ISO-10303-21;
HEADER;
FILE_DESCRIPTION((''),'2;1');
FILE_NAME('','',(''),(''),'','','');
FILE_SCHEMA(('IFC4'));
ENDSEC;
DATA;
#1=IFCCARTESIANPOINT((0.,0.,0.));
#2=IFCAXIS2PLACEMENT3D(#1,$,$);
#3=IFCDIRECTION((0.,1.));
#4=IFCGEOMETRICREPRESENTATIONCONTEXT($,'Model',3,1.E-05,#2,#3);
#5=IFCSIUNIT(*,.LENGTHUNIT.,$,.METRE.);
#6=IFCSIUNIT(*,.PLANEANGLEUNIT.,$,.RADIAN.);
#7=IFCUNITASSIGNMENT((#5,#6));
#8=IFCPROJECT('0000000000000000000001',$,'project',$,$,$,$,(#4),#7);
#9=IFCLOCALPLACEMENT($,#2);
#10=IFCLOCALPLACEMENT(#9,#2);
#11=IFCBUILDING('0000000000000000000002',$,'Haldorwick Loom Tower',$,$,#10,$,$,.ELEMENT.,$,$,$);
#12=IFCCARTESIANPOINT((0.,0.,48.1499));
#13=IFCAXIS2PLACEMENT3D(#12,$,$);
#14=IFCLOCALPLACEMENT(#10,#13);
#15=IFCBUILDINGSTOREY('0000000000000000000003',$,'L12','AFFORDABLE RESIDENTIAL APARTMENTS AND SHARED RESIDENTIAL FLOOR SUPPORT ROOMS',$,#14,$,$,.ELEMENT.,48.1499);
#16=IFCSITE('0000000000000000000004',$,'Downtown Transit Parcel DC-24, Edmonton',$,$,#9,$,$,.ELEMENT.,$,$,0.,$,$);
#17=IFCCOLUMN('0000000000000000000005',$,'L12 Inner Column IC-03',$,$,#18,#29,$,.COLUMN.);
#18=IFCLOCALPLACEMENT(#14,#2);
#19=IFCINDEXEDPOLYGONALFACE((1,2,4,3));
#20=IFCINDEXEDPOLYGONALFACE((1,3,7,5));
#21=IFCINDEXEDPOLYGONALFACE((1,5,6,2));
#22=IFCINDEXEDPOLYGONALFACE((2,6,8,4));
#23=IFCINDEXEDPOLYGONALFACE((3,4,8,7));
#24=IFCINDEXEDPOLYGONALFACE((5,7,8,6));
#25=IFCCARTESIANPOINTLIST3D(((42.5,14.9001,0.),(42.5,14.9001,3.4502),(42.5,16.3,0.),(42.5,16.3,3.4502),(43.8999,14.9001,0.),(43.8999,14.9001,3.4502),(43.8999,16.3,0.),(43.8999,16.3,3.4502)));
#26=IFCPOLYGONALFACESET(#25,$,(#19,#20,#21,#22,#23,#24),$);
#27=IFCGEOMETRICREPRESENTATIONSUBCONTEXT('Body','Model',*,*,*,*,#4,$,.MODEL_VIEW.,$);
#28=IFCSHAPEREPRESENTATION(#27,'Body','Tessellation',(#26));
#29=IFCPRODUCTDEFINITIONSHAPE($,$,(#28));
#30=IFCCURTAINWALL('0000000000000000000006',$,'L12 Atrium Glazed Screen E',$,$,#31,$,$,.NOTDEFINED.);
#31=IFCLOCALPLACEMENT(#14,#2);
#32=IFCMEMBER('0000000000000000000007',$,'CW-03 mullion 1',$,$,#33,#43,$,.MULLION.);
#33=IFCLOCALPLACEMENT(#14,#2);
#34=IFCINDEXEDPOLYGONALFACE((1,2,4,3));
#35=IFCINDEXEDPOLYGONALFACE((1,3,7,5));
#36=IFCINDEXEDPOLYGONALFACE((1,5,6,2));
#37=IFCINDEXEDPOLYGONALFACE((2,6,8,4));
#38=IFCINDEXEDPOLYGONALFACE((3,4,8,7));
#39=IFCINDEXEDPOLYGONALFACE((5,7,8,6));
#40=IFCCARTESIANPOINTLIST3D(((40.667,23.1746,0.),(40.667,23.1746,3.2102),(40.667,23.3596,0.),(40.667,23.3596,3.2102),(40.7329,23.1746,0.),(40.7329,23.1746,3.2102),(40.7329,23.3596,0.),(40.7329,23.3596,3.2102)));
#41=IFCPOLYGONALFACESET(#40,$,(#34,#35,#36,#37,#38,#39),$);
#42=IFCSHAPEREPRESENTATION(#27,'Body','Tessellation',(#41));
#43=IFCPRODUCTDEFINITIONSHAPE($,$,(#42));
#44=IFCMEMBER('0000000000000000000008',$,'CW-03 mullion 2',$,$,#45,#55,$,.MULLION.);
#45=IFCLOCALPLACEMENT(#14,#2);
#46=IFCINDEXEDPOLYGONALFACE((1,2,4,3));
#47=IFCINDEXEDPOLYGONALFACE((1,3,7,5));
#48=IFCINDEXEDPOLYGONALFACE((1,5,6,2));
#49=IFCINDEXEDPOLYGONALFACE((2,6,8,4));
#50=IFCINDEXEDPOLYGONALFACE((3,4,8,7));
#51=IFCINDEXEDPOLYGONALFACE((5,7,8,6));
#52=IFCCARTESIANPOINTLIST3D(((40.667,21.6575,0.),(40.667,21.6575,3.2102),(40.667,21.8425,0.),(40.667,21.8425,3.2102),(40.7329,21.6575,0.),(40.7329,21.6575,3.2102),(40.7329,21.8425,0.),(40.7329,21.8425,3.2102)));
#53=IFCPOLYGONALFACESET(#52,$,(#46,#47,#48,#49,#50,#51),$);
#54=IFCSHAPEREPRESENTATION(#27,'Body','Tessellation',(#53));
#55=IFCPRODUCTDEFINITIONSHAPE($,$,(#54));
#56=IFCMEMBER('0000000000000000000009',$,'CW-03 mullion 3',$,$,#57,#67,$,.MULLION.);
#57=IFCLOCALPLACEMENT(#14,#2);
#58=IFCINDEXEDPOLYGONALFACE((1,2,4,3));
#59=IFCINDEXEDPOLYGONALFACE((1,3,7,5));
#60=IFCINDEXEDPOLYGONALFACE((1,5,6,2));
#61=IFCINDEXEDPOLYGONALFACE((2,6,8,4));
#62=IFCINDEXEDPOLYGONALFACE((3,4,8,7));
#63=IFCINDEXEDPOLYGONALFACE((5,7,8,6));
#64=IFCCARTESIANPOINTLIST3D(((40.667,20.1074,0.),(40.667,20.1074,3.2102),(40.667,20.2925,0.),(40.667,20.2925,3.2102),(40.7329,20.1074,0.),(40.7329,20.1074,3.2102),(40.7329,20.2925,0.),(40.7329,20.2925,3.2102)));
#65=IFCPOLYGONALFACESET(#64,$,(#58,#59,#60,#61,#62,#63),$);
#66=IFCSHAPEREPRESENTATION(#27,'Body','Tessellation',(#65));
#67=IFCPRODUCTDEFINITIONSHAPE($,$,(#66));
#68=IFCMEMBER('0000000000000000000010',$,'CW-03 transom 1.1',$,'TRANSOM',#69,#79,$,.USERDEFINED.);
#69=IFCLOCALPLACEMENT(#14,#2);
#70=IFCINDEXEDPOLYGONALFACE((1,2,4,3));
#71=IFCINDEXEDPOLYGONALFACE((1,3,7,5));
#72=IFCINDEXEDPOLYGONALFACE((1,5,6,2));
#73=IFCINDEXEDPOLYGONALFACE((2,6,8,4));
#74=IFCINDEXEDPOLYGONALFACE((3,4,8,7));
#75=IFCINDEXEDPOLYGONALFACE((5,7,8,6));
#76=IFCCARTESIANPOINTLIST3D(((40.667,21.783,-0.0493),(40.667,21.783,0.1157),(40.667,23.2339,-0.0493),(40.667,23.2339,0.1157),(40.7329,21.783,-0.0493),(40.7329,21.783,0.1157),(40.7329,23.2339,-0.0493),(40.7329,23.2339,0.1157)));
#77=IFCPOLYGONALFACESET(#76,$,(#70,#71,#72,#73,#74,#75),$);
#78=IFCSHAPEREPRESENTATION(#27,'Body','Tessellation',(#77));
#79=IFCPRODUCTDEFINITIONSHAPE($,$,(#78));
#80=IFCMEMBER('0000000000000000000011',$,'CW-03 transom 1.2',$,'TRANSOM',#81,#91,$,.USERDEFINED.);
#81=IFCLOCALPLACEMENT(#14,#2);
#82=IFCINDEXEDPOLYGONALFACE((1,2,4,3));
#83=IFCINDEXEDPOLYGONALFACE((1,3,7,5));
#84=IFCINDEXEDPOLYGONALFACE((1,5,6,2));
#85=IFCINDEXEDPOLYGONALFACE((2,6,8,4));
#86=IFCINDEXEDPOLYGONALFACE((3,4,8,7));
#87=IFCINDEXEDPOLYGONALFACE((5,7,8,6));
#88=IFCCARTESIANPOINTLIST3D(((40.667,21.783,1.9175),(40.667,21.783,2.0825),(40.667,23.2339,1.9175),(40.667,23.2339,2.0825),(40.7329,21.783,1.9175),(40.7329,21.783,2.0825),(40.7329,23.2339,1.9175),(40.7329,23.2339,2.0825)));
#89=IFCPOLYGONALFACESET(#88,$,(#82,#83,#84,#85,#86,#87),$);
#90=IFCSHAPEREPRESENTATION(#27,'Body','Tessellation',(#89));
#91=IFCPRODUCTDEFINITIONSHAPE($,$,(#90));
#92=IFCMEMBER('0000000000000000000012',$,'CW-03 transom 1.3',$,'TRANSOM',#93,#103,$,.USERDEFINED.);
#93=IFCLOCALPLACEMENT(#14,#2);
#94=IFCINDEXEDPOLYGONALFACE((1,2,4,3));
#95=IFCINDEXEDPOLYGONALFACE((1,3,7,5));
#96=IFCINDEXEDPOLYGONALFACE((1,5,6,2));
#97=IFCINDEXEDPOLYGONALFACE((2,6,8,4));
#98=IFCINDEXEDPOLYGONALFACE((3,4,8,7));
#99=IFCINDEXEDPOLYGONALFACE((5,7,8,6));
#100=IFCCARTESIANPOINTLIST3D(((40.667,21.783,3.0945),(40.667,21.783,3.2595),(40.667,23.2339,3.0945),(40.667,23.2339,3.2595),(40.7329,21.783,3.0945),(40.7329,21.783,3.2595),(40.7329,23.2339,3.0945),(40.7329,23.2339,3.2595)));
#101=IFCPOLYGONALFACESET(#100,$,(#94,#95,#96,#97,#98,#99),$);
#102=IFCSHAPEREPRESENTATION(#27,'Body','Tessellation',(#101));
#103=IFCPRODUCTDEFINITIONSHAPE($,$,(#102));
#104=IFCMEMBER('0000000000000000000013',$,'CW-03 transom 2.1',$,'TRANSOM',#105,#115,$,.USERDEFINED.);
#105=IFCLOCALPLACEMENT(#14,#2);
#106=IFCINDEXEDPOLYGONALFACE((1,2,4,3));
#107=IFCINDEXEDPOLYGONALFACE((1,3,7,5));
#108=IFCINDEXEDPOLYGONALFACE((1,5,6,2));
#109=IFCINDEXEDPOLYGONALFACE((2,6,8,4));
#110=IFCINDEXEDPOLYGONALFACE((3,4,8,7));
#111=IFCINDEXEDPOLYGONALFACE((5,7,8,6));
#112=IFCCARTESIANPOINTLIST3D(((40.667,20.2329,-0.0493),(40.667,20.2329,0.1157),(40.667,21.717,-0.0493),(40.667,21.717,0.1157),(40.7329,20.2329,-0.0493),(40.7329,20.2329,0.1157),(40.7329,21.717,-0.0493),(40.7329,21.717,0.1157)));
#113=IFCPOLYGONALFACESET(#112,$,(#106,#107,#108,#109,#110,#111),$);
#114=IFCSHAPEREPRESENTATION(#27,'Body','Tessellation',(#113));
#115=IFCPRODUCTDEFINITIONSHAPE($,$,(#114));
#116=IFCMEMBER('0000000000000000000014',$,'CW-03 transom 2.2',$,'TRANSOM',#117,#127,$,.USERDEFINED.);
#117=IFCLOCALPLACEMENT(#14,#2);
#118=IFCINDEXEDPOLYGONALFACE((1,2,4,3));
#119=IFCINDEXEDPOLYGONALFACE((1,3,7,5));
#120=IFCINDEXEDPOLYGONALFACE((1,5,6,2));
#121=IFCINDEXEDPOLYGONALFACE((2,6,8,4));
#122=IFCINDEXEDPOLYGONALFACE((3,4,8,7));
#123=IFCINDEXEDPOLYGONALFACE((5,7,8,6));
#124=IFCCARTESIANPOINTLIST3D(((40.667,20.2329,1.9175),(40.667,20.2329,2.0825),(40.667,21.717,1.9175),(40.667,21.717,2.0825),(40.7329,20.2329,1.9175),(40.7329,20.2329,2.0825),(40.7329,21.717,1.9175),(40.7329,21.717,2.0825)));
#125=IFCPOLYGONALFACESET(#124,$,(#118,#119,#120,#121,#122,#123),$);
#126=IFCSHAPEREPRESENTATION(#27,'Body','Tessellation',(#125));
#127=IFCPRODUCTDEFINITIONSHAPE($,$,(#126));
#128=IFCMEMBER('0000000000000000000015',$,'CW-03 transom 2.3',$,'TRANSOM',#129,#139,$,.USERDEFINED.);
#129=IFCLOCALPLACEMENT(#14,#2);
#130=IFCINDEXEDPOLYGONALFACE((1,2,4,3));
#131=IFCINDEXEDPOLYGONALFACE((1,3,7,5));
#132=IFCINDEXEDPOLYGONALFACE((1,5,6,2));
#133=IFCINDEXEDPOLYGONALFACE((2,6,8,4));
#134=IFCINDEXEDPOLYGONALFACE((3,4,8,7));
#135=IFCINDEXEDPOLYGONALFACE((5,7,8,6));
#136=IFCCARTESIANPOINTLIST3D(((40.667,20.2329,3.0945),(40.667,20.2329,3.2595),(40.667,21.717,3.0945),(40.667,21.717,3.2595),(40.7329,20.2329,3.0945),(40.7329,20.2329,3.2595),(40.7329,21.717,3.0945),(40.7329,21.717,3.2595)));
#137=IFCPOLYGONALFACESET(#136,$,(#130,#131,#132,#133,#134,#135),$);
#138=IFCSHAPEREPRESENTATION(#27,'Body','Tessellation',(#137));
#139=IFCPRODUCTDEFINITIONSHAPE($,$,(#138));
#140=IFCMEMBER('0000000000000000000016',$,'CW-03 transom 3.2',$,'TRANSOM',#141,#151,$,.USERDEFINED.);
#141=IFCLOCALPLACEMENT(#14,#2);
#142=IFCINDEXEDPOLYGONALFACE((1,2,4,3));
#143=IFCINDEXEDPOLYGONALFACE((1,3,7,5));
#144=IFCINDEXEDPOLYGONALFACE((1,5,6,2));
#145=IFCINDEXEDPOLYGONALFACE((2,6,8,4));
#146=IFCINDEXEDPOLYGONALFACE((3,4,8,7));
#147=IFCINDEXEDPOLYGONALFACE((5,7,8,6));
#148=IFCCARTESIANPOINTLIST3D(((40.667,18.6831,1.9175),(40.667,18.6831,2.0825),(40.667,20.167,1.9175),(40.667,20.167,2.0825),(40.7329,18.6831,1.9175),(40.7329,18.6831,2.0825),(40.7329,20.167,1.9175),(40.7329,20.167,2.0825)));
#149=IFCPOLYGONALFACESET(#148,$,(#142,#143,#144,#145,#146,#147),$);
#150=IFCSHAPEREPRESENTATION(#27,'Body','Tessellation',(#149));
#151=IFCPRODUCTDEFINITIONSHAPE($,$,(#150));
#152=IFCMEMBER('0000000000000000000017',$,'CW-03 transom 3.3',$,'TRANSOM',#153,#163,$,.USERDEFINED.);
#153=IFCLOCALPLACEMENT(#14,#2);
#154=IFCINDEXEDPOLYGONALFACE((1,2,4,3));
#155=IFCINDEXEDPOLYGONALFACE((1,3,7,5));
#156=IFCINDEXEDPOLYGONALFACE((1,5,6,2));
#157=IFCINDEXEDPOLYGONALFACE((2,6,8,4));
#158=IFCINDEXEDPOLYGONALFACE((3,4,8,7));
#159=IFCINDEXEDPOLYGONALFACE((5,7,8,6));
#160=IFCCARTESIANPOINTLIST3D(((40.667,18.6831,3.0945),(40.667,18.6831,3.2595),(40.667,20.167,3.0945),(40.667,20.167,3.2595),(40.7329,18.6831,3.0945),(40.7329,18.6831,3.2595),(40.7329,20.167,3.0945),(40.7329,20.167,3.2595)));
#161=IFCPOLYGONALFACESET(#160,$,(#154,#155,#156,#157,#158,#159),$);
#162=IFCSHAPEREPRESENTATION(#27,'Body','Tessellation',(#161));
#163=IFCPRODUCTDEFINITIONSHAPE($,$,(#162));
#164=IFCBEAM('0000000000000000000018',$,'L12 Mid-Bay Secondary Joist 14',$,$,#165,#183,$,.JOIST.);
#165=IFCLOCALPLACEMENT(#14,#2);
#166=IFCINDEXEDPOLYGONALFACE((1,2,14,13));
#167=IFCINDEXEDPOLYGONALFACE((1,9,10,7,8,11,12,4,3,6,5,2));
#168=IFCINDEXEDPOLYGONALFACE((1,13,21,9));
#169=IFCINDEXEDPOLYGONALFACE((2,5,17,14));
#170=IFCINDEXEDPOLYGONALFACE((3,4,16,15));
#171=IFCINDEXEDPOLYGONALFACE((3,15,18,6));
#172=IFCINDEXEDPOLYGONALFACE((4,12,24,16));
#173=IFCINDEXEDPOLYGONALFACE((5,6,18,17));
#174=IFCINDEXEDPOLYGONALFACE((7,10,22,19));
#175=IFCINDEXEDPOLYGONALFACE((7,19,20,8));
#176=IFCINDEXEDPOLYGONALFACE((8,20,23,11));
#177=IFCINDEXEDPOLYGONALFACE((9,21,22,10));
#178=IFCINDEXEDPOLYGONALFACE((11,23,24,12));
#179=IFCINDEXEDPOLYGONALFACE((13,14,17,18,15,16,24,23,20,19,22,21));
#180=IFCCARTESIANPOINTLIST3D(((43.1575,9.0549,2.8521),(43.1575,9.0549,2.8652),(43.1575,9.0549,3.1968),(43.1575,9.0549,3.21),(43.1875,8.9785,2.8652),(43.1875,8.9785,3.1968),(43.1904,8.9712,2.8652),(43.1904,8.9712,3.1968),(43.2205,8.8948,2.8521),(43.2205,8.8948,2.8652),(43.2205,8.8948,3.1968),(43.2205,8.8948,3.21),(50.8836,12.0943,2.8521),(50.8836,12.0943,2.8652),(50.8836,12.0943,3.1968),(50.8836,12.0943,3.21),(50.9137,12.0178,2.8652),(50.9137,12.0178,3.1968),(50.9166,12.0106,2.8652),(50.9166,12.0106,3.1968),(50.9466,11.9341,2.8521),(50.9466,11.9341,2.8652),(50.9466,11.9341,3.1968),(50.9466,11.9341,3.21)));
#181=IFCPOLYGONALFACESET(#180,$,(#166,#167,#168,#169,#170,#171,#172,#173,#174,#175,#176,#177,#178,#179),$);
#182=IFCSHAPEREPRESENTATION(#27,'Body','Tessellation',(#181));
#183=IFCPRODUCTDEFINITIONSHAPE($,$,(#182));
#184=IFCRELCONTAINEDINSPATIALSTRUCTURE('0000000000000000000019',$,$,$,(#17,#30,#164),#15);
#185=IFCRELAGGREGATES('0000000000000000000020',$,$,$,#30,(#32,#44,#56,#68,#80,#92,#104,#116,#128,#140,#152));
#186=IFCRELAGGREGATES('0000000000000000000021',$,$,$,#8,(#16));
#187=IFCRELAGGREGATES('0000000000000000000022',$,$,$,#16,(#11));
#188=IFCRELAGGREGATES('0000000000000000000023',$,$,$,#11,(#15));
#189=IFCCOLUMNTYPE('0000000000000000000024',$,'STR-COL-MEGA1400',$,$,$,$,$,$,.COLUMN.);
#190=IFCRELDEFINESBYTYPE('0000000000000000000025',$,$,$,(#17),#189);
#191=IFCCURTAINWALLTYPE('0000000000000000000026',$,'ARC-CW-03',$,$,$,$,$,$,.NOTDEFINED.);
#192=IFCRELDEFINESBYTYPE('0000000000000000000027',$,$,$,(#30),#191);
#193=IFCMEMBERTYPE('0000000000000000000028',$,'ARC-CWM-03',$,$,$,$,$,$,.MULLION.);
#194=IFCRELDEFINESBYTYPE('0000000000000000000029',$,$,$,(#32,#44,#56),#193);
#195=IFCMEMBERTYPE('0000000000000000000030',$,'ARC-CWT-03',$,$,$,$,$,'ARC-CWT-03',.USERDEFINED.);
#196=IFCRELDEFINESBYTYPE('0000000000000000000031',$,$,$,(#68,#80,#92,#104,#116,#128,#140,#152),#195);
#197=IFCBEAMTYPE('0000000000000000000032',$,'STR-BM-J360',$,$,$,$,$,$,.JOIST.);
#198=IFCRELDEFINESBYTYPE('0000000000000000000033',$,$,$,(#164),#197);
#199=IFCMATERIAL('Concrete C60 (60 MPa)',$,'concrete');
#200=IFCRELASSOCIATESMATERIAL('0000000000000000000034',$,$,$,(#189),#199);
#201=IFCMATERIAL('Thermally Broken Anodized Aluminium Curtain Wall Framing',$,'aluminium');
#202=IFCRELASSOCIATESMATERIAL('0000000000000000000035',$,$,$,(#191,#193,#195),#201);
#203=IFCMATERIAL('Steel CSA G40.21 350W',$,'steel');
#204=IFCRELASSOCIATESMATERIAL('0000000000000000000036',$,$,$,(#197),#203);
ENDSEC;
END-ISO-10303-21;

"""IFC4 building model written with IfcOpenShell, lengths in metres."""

from ifc_helpers import new_model, si_unit, direction, frame, origin, origin_2d, place, context, subcontext, project, spatial, rectangle, i_section, extrude, material, material_profile, profile_set, type_object, element, aggregate, save


model = new_model("IFC4")

# Units and contexts
model_context = context("Model", 3, precision=1e-05, world=origin(), true_north=direction((0.0, 1.0)))
body_context = subcontext(model_context, "Body", "Model", "MODEL_VIEW")
ifc_project = project(units=[si_unit("LENGTHUNIT", "METRE"), si_unit("PLANEANGLEUNIT", "RADIAN")], contexts=[model_context])

# Site, building, storey
site_placement = place(None, origin())
site = spatial("IfcSite", under=ifc_project, at=site_placement, Name="Downtown Transit Parcel DC-24, Edmonton", CompositionType="ELEMENT", RefElevation=0.0)
building_placement = place(site_placement, origin())
building = spatial("IfcBuilding", under=site, at=building_placement, Name="Haldorwick Loom Tower", CompositionType="ELEMENT")
storey_placement = place(building_placement, frame((0.0, 0.0, 48.1499)))
storey = spatial("IfcBuildingStorey", under=building, at=storey_placement, Name="L12", Description="AFFORDABLE RESIDENTIAL APARTMENTS AND SHARED RESIDENTIAL FLOOR SUPPORT ROOMS", CompositionType="ELEMENT", Elevation=48.1499)

# Column
ifc_material_1 = material(Name="Concrete C60 (60 MPa)", Category="concrete")
ifc_material_profile_1 = material_profile(ifc_material_1, rectangle(XDim=1.3999, YDim=1.3999, at=origin_2d()), Name="RC1400X1400", Category="concrete")
ifc_profile_set_1 = profile_set([ifc_material_profile_1], Name="Concrete C60 (60 MPa)")
column_type = type_object("IfcColumnType", Name="STR-COL-MEGA1400", PredefinedType="COLUMN", material=ifc_profile_set_1)
column_placement = place(storey_placement, frame((43.2, 15.6001, 0.0), z_axis=(0.0, 0.0, 1.0), x_axis=(1.0, 0.0, 0.0)))
element("IfcColumn", 1, at=column_placement, inside=storey, type_object=column_type, Name="L12 Inner Column IC-03", PredefinedType="COLUMN", context=body_context, shape_type="SweptSolid", body=[
    extrude(rectangle(XDim=1.3999, YDim=1.3999, at=origin_2d()), origin(), (0.0, 0.0, 1.0), 3.4502),
])

# Curtain wall, members
ifc_material_2 = material(Name="Thermally Broken Anodized Aluminium Curtain Wall Framing", Category="aluminium")
curtain_wall_type = type_object("IfcCurtainWallType", Name="ARC-CW-03", PredefinedType="NOTDEFINED", material=ifc_material_2)
curtain_wall_placement = place(storey_placement, origin())
curtain_wall = element("IfcCurtainWall", 2, at=curtain_wall_placement, inside=storey, type_object=curtain_wall_type, Name="L12 Atrium Glazed Screen E", PredefinedType="NOTDEFINED")
ifc_material_profile_2 = material_profile(ifc_material_2, rectangle(XDim=0.0659, YDim=0.1851, at=origin_2d()), Name="ALU_MUL_66X185", Category="aluminium")
ifc_profile_set_2 = profile_set([ifc_material_profile_2], Name="Thermally Broken Anodized Aluminium Curtain Wall Framing")
member_type_1 = type_object("IfcMemberType", Name="ARC-CWM-03", PredefinedType="MULLION", material=ifc_profile_set_2)
member_1_placement = place(storey_placement, frame((40.7, 23.2671, 0.0), z_axis=(0.0, 0.0, 1.0), x_axis=(1.0, 0.0, 0.0)))
member_1 = element("IfcMember", 3, at=member_1_placement, type_object=member_type_1, Name="CW-03 mullion 1", PredefinedType="MULLION", context=body_context, shape_type="SweptSolid", body=[
    extrude(rectangle(XDim=0.0659, YDim=0.1851, at=origin_2d()), origin(), (0.0, 0.0, 1.0), 3.2102),
])
member_2_placement = place(storey_placement, frame((40.7, 21.75, 0.0), z_axis=(0.0, 0.0, 1.0), x_axis=(1.0, 0.0, 0.0)))
member_2 = element("IfcMember", 4, at=member_2_placement, type_object=member_type_1, Name="CW-03 mullion 2", PredefinedType="MULLION", context=body_context, shape_type="SweptSolid", body=[
    extrude(rectangle(XDim=0.0659, YDim=0.1851, at=origin_2d()), origin(), (0.0, 0.0, 1.0), 3.2102),
])
member_3_placement = place(storey_placement, frame((40.7, 20.2, 0.0), z_axis=(0.0, 0.0, 1.0), x_axis=(1.0, 0.0, 0.0)))
member_3 = element("IfcMember", 5, at=member_3_placement, type_object=member_type_1, Name="CW-03 mullion 3", PredefinedType="MULLION", context=body_context, shape_type="SweptSolid", body=[
    extrude(rectangle(XDim=0.0659, YDim=0.1851, at=origin_2d()), origin(), (0.0, 0.0, 1.0), 3.2102),
])
ifc_material_profile_3 = material_profile(ifc_material_2, rectangle(XDim=0.0659, YDim=0.165, at=origin_2d()), Name="ALU_TRN_66X165", Category="aluminium")
ifc_profile_set_3 = profile_set([ifc_material_profile_3], Name="Thermally Broken Anodized Aluminium Curtain Wall Framing")
member_type_2 = type_object("IfcMemberType", Name="ARC-CWT-03", ElementType="ARC-CWT-03", PredefinedType="USERDEFINED", material=ifc_profile_set_3)
member_4_placement = place(storey_placement, frame((40.7, 23.2339, 0.0332), z_axis=(0.0, -1.0, 0.0), x_axis=(1.0, 0.0, 0.0)))
member_4 = element("IfcMember", 6, at=member_4_placement, type_object=member_type_2, Name="CW-03 transom 1.1", ObjectType="TRANSOM", PredefinedType="USERDEFINED", context=body_context, shape_type="SweptSolid", body=[
    extrude(rectangle(XDim=0.0659, YDim=0.165, at=origin_2d()), origin(), (0.0, 0.0, 1.0), 1.4509),
])
member_5_placement = place(storey_placement, frame((40.7, 23.2339, 2.0), z_axis=(0.0, -1.0, 0.0), x_axis=(1.0, 0.0, 0.0)))
member_5 = element("IfcMember", 7, at=member_5_placement, type_object=member_type_2, Name="CW-03 transom 1.2", ObjectType="TRANSOM", PredefinedType="USERDEFINED", context=body_context, shape_type="SweptSolid", body=[
    extrude(rectangle(XDim=0.0659, YDim=0.165, at=origin_2d()), origin(), (0.0, 0.0, 1.0), 1.4509),
])
member_6_placement = place(storey_placement, frame((40.7, 23.2339, 3.177), z_axis=(0.0, -1.0, 0.0), x_axis=(1.0, 0.0, 0.0)))
member_6 = element("IfcMember", 8, at=member_6_placement, type_object=member_type_2, Name="CW-03 transom 1.3", ObjectType="TRANSOM", PredefinedType="USERDEFINED", context=body_context, shape_type="SweptSolid", body=[
    extrude(rectangle(XDim=0.0659, YDim=0.165, at=origin_2d()), origin(), (0.0, 0.0, 1.0), 1.4509),
])
member_7_placement = place(storey_placement, frame((40.7, 21.717, 0.0332), z_axis=(0.0, -1.0, 0.0), x_axis=(1.0, 0.0, 0.0)))
member_7 = element("IfcMember", 9, at=member_7_placement, type_object=member_type_2, Name="CW-03 transom 2.1", ObjectType="TRANSOM", PredefinedType="USERDEFINED", context=body_context, shape_type="SweptSolid", body=[
    extrude(rectangle(XDim=0.0659, YDim=0.165, at=origin_2d()), origin(), (0.0, 0.0, 1.0), 1.4841),
])
member_8_placement = place(storey_placement, frame((40.7, 21.717, 2.0), z_axis=(0.0, -1.0, 0.0), x_axis=(1.0, 0.0, 0.0)))
member_8 = element("IfcMember", 10, at=member_8_placement, type_object=member_type_2, Name="CW-03 transom 2.2", ObjectType="TRANSOM", PredefinedType="USERDEFINED", context=body_context, shape_type="SweptSolid", body=[
    extrude(rectangle(XDim=0.0659, YDim=0.165, at=origin_2d()), origin(), (0.0, 0.0, 1.0), 1.4841),
])
member_9_placement = place(storey_placement, frame((40.7, 21.717, 3.177), z_axis=(0.0, -1.0, 0.0), x_axis=(1.0, 0.0, 0.0)))
member_9 = element("IfcMember", 11, at=member_9_placement, type_object=member_type_2, Name="CW-03 transom 2.3", ObjectType="TRANSOM", PredefinedType="USERDEFINED", context=body_context, shape_type="SweptSolid", body=[
    extrude(rectangle(XDim=0.0659, YDim=0.165, at=origin_2d()), origin(), (0.0, 0.0, 1.0), 1.4841),
])
member_10_placement = place(storey_placement, frame((40.7, 20.167, 2.0), z_axis=(0.0, -1.0, 0.0), x_axis=(1.0, 0.0, 0.0)))
member_10 = element("IfcMember", 12, at=member_10_placement, type_object=member_type_2, Name="CW-03 transom 3.2", ObjectType="TRANSOM", PredefinedType="USERDEFINED", context=body_context, shape_type="SweptSolid", body=[
    extrude(rectangle(XDim=0.0659, YDim=0.165, at=origin_2d()), origin(), (0.0, 0.0, 1.0), 1.4839),
])
member_11_placement = place(storey_placement, frame((40.7, 20.167, 3.177), z_axis=(0.0, -1.0, 0.0), x_axis=(1.0, 0.0, 0.0)))
member_11 = element("IfcMember", 13, at=member_11_placement, type_object=member_type_2, Name="CW-03 transom 3.3", ObjectType="TRANSOM", PredefinedType="USERDEFINED", context=body_context, shape_type="SweptSolid", body=[
    extrude(rectangle(XDim=0.0659, YDim=0.165, at=origin_2d()), origin(), (0.0, 0.0, 1.0), 1.4839),
])

# Beam
ifc_material_3 = material(Name="Steel CSA G40.21 350W", Category="steel")
ifc_material_profile_4 = material_profile(ifc_material_3, i_section(OverallWidth=0.1721, OverallDepth=0.3579, WebThickness=0.0078, FlangeThickness=0.0132, at=origin_2d()), Name="W360X57", Category="steel")
ifc_profile_set_4 = profile_set([ifc_material_profile_4], Name="Steel CSA G40.21 350W")
beam_type_1 = type_object("IfcBeamType", Name="STR-BM-J360", PredefinedType="JOIST", material=ifc_profile_set_4)
beam_1_placement = place(storey_placement, frame((43.189, 8.9749, 3.031), z_axis=(0.930585, 0.366076, 0.0), x_axis=(-0.366076, 0.930585, 0.0)))
element("IfcBeam", 14, at=beam_1_placement, inside=storey, type_object=beam_type_1, Name="L12 Mid-Bay Secondary Joist 14", PredefinedType="JOIST", context=body_context, shape_type="SweptSolid", body=[
    extrude(i_section(OverallWidth=0.1721, OverallDepth=0.3579, WebThickness=0.0078, FlangeThickness=0.0132, at=origin_2d()), origin(), (0.0, 0.0, 1.0), 8.3025),
])

aggregate(curtain_wall, [member_1, member_2, member_3, member_4, member_5, member_6, member_7, member_8, member_9, member_10, member_11])

save(model, "model.ifc")
